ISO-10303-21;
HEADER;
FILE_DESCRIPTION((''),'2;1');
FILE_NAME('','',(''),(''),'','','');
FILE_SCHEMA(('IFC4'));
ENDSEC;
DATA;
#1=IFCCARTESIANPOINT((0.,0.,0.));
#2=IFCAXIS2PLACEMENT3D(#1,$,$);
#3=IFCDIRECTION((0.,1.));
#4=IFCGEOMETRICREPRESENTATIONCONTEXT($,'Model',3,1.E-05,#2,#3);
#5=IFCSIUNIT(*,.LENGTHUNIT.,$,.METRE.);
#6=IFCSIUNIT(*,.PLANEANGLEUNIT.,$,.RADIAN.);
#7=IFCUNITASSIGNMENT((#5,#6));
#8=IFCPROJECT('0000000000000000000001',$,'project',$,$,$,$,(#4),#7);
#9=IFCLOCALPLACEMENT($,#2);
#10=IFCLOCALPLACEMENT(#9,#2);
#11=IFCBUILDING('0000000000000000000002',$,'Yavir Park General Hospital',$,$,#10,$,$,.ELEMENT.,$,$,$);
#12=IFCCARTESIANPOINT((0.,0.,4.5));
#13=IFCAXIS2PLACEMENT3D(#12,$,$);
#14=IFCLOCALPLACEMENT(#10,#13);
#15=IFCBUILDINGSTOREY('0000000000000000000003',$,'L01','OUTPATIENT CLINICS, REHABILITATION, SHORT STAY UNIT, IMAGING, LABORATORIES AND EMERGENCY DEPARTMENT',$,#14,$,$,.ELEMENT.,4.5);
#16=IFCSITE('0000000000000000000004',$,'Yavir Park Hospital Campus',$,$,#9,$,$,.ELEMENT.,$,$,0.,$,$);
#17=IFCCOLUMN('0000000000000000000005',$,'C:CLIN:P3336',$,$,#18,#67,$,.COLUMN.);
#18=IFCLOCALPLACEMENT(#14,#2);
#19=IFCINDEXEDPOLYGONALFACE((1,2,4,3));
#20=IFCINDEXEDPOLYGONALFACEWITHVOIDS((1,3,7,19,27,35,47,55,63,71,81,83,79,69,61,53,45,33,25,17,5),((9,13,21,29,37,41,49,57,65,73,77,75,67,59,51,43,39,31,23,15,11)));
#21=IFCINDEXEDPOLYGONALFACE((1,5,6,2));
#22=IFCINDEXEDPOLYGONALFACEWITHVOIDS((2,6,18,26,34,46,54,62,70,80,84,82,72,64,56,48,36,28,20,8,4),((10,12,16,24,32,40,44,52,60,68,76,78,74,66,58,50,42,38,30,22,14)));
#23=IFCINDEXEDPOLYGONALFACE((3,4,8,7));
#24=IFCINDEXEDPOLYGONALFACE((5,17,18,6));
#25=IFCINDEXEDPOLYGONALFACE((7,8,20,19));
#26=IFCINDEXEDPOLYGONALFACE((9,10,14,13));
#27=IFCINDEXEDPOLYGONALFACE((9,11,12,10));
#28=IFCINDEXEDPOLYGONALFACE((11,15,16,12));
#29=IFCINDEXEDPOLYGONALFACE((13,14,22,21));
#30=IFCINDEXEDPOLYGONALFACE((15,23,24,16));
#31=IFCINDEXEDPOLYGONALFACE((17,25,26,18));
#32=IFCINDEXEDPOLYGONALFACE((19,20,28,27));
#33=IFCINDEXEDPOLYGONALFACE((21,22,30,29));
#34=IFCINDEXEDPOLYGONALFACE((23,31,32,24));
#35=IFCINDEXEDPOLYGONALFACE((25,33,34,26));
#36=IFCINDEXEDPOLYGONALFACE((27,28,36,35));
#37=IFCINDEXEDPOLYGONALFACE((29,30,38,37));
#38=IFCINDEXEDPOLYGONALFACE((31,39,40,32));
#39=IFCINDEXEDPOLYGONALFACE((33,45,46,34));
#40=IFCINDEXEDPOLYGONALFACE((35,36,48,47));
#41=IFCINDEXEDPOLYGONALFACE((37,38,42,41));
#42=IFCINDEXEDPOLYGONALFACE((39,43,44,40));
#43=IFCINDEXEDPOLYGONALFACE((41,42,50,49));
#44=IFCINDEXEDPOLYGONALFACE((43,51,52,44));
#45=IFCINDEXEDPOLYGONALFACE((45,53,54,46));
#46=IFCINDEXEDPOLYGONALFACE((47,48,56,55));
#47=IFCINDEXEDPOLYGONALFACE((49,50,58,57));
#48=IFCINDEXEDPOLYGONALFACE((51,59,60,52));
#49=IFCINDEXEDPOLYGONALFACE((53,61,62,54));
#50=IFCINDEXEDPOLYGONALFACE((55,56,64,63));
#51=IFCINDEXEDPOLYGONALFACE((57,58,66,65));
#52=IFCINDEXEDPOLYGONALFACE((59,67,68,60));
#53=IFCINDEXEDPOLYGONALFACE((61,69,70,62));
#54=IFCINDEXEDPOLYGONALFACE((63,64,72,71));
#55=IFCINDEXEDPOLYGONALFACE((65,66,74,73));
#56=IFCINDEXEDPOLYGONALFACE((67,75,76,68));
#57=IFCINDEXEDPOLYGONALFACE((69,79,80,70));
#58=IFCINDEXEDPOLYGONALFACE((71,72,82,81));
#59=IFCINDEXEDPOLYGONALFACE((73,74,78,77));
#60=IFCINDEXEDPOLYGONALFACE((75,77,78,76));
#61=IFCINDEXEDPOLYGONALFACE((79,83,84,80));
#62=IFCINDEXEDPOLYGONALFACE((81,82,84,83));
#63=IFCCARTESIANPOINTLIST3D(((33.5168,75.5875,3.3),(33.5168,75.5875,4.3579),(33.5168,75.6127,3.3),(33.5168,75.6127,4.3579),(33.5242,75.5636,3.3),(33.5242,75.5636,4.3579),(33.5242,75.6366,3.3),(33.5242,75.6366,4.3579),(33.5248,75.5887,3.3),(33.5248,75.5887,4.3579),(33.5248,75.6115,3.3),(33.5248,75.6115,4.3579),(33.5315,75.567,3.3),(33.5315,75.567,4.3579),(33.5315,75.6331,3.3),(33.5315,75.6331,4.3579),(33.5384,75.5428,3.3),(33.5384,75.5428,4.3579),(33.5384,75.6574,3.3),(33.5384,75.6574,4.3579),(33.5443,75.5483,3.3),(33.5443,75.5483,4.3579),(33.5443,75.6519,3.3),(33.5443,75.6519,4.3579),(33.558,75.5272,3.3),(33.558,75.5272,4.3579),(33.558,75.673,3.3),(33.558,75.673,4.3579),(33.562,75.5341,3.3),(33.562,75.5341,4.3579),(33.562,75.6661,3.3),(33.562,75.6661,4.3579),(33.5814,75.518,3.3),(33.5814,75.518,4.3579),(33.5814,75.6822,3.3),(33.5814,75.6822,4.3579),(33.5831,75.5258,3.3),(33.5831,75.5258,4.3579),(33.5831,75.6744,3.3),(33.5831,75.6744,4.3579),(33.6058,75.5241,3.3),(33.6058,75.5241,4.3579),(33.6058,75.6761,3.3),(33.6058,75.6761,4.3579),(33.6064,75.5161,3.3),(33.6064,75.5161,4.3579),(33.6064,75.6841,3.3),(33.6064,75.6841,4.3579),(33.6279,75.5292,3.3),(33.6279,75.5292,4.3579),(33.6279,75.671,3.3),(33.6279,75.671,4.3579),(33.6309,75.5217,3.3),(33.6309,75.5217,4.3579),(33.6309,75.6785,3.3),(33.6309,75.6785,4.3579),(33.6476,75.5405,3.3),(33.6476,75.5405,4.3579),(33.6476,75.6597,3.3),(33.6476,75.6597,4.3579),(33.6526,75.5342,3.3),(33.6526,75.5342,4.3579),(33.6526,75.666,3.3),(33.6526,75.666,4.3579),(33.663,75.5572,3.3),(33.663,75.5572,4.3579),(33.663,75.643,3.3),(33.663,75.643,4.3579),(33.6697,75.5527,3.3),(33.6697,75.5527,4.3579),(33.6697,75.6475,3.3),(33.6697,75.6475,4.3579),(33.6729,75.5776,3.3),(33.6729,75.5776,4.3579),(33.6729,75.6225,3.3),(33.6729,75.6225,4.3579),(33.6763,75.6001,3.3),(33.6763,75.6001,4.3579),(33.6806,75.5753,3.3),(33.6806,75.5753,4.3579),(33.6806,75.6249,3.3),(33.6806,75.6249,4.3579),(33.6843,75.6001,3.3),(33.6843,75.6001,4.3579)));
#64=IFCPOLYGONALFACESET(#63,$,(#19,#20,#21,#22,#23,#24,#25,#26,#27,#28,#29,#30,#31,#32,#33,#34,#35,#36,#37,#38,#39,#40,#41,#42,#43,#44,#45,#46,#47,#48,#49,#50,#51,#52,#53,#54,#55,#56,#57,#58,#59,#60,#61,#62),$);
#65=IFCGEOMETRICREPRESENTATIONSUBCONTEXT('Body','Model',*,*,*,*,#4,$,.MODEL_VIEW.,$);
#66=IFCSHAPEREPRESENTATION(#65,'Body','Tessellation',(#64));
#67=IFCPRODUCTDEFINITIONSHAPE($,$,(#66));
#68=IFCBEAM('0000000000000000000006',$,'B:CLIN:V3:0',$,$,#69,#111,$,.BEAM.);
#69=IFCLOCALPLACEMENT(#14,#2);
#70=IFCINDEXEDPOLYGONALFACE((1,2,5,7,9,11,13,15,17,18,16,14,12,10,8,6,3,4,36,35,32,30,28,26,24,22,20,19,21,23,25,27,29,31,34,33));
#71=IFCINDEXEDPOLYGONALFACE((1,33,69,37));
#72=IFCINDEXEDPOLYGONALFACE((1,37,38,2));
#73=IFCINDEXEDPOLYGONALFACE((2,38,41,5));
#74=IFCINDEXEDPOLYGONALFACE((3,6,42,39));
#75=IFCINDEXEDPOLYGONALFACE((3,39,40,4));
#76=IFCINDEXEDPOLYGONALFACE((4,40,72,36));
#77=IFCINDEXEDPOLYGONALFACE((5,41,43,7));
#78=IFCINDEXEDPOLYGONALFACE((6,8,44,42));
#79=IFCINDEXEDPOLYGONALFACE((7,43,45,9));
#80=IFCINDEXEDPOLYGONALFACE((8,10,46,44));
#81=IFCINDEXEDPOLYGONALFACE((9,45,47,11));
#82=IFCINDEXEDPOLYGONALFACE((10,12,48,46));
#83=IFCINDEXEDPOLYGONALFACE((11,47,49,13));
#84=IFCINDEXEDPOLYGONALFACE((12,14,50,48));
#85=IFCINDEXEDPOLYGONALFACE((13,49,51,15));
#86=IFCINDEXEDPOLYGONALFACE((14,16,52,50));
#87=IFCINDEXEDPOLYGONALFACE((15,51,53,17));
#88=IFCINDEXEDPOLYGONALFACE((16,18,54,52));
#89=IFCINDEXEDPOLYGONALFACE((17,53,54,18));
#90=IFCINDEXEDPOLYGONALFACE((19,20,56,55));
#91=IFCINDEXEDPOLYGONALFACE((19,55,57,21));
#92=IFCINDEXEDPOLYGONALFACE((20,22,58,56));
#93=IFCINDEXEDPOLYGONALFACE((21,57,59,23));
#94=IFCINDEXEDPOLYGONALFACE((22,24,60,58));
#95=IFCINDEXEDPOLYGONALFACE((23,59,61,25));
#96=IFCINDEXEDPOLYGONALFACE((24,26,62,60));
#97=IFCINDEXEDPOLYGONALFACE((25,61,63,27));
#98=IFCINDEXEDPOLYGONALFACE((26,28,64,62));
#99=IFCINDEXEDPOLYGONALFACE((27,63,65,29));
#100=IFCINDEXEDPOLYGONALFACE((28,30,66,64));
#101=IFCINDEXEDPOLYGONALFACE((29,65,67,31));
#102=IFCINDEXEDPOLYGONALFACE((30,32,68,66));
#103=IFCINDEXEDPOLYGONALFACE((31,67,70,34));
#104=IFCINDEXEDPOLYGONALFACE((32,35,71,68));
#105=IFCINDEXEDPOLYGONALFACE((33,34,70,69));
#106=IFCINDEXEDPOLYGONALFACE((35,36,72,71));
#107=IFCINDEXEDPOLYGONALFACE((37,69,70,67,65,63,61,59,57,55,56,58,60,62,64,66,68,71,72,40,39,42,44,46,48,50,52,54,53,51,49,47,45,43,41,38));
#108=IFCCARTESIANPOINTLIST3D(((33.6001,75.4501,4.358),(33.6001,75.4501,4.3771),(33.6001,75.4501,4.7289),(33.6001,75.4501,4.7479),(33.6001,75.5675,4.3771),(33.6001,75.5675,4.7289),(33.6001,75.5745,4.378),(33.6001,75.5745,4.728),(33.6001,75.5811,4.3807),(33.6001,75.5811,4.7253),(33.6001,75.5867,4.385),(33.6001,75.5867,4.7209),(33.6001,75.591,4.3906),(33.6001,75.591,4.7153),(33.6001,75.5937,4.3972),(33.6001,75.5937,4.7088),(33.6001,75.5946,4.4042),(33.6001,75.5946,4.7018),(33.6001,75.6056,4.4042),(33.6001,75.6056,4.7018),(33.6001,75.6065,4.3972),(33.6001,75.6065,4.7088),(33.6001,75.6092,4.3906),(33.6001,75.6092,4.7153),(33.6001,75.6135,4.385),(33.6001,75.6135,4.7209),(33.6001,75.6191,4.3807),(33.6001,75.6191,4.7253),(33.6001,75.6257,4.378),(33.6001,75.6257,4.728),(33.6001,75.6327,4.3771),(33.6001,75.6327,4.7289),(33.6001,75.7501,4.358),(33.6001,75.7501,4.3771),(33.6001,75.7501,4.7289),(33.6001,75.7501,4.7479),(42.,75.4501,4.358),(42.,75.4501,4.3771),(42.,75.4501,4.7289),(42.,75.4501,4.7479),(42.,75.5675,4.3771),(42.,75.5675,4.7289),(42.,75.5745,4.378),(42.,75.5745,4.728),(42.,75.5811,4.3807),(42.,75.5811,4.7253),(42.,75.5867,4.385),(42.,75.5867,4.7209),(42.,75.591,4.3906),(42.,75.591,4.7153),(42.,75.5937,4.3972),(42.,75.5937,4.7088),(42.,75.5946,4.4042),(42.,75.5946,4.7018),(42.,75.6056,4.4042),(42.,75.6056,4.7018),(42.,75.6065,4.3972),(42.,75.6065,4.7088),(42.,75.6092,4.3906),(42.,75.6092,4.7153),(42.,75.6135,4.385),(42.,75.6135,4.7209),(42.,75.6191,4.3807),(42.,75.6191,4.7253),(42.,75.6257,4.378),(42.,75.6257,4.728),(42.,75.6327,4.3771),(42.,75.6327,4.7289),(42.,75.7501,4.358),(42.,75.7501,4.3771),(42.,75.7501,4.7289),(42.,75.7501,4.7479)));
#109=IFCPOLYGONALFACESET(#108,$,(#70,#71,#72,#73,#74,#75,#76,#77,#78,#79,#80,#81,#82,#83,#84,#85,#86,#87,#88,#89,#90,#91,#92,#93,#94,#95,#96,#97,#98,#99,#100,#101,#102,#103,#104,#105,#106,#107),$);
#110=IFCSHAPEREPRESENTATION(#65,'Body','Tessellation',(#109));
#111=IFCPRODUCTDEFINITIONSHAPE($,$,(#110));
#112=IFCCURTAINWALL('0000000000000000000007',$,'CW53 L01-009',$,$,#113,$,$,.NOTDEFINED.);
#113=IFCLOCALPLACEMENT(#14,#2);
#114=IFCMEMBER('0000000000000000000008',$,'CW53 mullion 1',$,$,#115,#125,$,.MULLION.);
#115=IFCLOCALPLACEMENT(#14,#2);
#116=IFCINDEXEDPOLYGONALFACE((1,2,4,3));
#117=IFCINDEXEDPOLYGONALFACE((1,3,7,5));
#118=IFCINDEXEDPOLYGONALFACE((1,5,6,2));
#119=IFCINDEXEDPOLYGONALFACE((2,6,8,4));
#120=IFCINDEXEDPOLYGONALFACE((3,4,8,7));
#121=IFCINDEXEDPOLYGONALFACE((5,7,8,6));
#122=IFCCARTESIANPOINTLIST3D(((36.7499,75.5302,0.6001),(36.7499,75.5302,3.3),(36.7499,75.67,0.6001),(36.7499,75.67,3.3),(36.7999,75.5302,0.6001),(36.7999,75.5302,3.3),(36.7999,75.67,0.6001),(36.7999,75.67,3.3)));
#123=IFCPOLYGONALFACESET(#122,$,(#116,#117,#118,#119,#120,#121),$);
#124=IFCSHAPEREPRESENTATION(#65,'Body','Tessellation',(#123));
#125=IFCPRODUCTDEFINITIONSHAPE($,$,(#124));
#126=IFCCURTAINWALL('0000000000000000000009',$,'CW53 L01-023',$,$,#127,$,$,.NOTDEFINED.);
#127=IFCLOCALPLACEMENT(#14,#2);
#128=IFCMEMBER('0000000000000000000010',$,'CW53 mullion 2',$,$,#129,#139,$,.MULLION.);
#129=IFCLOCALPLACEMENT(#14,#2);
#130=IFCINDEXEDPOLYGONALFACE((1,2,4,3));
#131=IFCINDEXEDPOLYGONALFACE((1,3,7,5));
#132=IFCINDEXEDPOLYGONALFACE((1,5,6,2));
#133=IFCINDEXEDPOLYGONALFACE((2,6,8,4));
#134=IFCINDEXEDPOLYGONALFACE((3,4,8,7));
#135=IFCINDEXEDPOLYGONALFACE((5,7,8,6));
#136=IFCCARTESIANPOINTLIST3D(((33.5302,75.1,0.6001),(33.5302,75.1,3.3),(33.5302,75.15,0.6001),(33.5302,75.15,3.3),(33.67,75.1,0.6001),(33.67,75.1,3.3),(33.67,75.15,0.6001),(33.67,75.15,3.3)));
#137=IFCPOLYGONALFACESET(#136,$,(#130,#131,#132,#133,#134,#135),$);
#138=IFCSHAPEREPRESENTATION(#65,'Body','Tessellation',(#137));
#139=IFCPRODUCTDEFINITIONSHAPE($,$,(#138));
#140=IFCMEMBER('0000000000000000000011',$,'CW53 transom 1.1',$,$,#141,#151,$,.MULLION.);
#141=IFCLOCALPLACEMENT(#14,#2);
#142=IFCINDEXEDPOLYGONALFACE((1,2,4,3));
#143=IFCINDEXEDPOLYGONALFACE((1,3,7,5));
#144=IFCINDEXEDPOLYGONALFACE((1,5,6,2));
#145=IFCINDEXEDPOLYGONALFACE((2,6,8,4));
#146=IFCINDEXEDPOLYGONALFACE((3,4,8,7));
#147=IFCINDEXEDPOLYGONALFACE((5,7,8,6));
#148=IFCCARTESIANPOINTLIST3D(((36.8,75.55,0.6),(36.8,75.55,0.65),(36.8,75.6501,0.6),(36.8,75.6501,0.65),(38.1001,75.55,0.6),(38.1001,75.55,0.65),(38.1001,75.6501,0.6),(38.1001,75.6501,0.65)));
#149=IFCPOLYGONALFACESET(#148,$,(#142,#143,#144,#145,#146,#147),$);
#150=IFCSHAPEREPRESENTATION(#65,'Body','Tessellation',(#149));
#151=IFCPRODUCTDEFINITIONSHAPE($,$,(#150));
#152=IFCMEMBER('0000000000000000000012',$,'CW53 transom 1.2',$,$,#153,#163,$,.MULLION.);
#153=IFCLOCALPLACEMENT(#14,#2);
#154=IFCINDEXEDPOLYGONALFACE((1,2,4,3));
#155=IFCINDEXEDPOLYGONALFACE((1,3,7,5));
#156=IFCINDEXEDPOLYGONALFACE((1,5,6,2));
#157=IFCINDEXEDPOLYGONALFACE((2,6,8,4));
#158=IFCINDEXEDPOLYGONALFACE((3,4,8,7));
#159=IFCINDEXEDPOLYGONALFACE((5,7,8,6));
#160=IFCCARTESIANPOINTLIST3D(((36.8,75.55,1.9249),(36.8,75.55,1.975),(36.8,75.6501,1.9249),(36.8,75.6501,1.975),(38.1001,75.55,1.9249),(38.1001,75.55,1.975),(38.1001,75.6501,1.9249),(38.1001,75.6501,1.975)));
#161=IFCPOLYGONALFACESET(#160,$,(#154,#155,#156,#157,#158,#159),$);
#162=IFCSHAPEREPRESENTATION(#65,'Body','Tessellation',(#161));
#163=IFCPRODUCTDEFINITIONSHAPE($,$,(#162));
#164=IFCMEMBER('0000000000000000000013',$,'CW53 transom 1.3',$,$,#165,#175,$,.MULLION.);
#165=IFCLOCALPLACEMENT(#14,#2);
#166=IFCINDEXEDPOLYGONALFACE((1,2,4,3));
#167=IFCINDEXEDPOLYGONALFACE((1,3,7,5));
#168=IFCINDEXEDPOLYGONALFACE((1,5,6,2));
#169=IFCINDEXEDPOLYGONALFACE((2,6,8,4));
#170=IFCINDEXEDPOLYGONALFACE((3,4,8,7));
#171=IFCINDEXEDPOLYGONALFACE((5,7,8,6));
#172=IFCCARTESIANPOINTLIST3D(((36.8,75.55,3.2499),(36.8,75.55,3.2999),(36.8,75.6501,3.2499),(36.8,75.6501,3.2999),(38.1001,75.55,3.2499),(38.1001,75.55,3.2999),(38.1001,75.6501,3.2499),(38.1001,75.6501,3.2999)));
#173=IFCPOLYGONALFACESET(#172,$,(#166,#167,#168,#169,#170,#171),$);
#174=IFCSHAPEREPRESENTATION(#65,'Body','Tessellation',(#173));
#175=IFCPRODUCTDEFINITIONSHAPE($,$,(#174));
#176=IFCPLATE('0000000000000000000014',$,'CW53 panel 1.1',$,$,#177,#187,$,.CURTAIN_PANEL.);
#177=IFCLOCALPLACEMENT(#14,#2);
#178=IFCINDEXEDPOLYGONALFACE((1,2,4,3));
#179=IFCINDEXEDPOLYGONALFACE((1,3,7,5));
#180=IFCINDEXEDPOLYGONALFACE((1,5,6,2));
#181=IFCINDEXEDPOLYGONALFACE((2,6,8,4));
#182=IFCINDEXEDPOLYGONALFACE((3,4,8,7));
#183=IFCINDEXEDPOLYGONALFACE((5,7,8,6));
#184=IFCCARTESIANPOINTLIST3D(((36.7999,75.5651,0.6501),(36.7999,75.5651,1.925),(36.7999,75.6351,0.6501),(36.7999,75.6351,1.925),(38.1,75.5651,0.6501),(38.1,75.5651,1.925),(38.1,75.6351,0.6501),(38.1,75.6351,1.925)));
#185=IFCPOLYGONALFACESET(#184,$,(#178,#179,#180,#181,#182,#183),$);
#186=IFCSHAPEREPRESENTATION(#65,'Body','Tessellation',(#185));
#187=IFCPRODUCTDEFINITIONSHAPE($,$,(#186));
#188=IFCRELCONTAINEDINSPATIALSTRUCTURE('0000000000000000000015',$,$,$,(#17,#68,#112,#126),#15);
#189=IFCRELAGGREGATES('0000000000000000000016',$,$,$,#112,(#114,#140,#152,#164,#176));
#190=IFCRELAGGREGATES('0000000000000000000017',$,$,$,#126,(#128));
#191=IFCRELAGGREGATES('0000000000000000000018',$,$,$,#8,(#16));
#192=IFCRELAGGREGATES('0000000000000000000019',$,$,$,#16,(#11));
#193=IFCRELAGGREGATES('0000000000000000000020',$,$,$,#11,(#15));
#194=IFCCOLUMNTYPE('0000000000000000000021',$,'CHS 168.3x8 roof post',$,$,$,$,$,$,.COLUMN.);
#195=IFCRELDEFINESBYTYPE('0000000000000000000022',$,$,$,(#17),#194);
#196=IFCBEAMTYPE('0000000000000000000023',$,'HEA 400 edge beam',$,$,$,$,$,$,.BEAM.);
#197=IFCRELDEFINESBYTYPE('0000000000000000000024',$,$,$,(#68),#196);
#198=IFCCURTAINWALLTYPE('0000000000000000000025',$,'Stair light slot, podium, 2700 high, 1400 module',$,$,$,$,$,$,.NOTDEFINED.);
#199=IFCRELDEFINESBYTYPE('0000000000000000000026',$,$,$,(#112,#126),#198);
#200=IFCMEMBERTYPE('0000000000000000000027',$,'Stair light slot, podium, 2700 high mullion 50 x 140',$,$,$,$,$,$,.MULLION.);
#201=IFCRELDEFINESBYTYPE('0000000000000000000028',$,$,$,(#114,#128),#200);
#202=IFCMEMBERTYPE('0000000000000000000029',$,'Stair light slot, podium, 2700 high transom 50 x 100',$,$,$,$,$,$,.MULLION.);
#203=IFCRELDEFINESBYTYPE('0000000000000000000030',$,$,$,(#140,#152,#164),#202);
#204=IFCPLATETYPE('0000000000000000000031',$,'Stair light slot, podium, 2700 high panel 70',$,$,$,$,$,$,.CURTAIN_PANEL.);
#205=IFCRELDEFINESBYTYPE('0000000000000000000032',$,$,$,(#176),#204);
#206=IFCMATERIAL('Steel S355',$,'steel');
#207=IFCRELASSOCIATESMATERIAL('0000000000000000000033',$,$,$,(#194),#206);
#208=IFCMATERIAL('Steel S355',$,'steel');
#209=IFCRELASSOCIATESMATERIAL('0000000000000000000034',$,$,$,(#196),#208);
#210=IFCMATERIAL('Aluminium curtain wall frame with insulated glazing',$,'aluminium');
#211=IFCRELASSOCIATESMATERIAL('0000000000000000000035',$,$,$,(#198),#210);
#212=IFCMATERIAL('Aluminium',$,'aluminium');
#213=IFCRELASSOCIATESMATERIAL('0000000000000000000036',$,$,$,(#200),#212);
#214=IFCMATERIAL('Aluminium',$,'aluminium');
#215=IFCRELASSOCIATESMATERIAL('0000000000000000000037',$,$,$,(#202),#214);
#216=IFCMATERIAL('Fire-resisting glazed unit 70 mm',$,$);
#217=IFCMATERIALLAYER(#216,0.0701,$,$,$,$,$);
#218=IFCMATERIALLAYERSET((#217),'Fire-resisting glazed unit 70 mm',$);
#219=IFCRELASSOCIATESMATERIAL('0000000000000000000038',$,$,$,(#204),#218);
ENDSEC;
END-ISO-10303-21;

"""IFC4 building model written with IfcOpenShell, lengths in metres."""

from ifc_helpers import new_model, si_unit, direction, frame, origin, origin_2d, place, context, subcontext, project, spatial, rectangle, hollow_circle, i_section, extrude, material, layer, layer_set, material_profile, profile_set, type_object, element, aggregate, save


model = new_model("IFC4")

# Units and contexts
model_context = context("Model", 3, precision=1e-05, world=origin(), true_north=direction((0.0, 1.0)))
body_context = subcontext(model_context, "Body", "Model", "MODEL_VIEW")
ifc_project = project(units=[si_unit("LENGTHUNIT", "METRE"), si_unit("PLANEANGLEUNIT", "RADIAN")], contexts=[model_context])

# Site, building, storey
site_placement = place(None, origin())
site = spatial("IfcSite", under=ifc_project, at=site_placement, Name="Yavir Park Hospital Campus", CompositionType="ELEMENT", RefElevation=0.0)
building_placement = place(site_placement, origin())
building = spatial("IfcBuilding", under=site, at=building_placement, Name="Yavir Park General Hospital", CompositionType="ELEMENT")
storey_placement = place(building_placement, frame((0.0, 0.0, 4.5)))
storey = spatial("IfcBuildingStorey", under=building, at=storey_placement, Name="L01", Description="OUTPATIENT CLINICS, REHABILITATION, SHORT STAY UNIT, IMAGING, LABORATORIES AND EMERGENCY DEPARTMENT", CompositionType="ELEMENT", Elevation=4.5)

# Column
ifc_material_1 = material(Name="Steel S355", Category="steel")
ifc_material_profile_1 = material_profile(ifc_material_1, hollow_circle(Radius=0.0842, WallThickness=0.0081, at=origin_2d()), Name="CHS168.3x8")
ifc_profile_set_1 = profile_set([ifc_material_profile_1], Name="Steel S355")
column_type = type_object("IfcColumnType", Name="CHS 168.3x8 roof post", PredefinedType="COLUMN", material=ifc_profile_set_1)
column_placement = place(storey_placement, frame((33.6001, 75.6001, 3.3), z_axis=(0.0, 0.0, 1.0), x_axis=(1.0, 0.0, 0.0)))
element("IfcColumn", 1, at=column_placement, inside=storey, type_object=column_type, Name="C:CLIN:P3336", PredefinedType="COLUMN", context=body_context, shape_type="SweptSolid", body=[
    extrude(hollow_circle(Radius=0.0842, WallThickness=0.0081, at=origin_2d()), origin(), (0.0, 0.0, 1.0), 1.0579),
])

# Beam
ifc_material_2 = material(Name="Steel S355", Category="steel")
ifc_material_profile_2 = material_profile(ifc_material_2, i_section(OverallWidth=0.3, OverallDepth=0.3899, WebThickness=0.011, FlangeThickness=0.019, FilletRadius=0.0271, at=origin_2d()), Name="HEA400")
ifc_profile_set_2 = profile_set([ifc_material_profile_2], Name="Steel S355")
beam_type = type_object("IfcBeamType", Name="HEA 400 edge beam", PredefinedType="BEAM", material=ifc_profile_set_2)
beam_placement = place(storey_placement, frame((33.6001, 75.6001, 4.553), z_axis=(1.0, 0.0, 0.0), x_axis=(0.0, 1.0, 0.0)))
element("IfcBeam", 2, at=beam_placement, inside=storey, type_object=beam_type, Name="B:CLIN:V3:0", PredefinedType="BEAM", context=body_context, shape_type="SweptSolid", body=[
    extrude(i_section(OverallWidth=0.3, OverallDepth=0.3899, WebThickness=0.011, FlangeThickness=0.019, FilletRadius=0.0271, at=origin_2d()), origin(), (0.0, 0.0, 1.0), 8.3999),
])

# Curtain walls, members
ifc_material_3 = material(Name="Aluminium curtain wall frame with insulated glazing", Category="aluminium")
curtain_wall_type = type_object("IfcCurtainWallType", Name="Stair light slot, podium, 2700 high, 1400 module", PredefinedType="NOTDEFINED", material=ifc_material_3)
curtain_wall_1_placement = place(storey_placement, origin())
curtain_wall_1 = element("IfcCurtainWall", 3, at=curtain_wall_1_placement, inside=storey, type_object=curtain_wall_type, Name="CW53 L01-009", PredefinedType="NOTDEFINED")
ifc_material_4 = material(Name="Aluminium", Category="aluminium")
ifc_material_profile_3 = material_profile(ifc_material_4, rectangle(XDim=0.1399, YDim=0.05, at=origin_2d()), Name="AL 50x140")
ifc_profile_set_3 = profile_set([ifc_material_profile_3], Name="Aluminium")
member_type_1 = type_object("IfcMemberType", Name="Stair light slot, podium, 2700 high mullion 50 x 140", PredefinedType="MULLION", material=ifc_profile_set_3)
member_1_placement = place(storey_placement, frame((36.7749, 75.6001, 0.6001), z_axis=(0.0, 0.0, 1.0), x_axis=(0.0, 1.0, 0.0)))
member_1 = element("IfcMember", 4, at=member_1_placement, type_object=member_type_1, Name="CW53 mullion 1", PredefinedType="MULLION", context=body_context, shape_type="SweptSolid", body=[
    extrude(rectangle(XDim=0.1399, YDim=0.05, at=origin_2d()), origin(), (0.0, 0.0, 1.0), 2.7),
])
curtain_wall_2_placement = place(storey_placement, origin())
curtain_wall_2 = element("IfcCurtainWall", 5, at=curtain_wall_2_placement, inside=storey, type_object=curtain_wall_type, Name="CW53 L01-023", PredefinedType="NOTDEFINED")
member_2_placement = place(storey_placement, frame((33.6001, 75.125, 0.6001), z_axis=(0.0, 0.0, 1.0), x_axis=(-1.0, 0.0, 0.0)))
member_2 = element("IfcMember", 6, at=member_2_placement, type_object=member_type_1, Name="CW53 mullion 2", PredefinedType="MULLION", context=body_context, shape_type="SweptSolid", body=[
    extrude(rectangle(XDim=0.1399, YDim=0.05, at=origin_2d()), origin(), (0.0, 0.0, 1.0), 2.7),
])

# Members
ifc_material_5 = material(Name="Aluminium", Category="aluminium")
ifc_material_profile_4 = material_profile(ifc_material_5, rectangle(XDim=0.1001, YDim=0.05, at=origin_2d()), Name="AL 100x50")
ifc_profile_set_4 = profile_set([ifc_material_profile_4], Name="Aluminium")
member_type_2 = type_object("IfcMemberType", Name="Stair light slot, podium, 2700 high transom 50 x 100", PredefinedType="MULLION", material=ifc_profile_set_4)
member_3_placement = place(storey_placement, frame((36.8, 75.6001, 0.625), z_axis=(1.0, 0.0, 0.0), x_axis=(0.0, 1.0, 0.0)))
member_3 = element("IfcMember", 7, at=member_3_placement, type_object=member_type_2, Name="CW53 transom 1.1", PredefinedType="MULLION", context=body_context, shape_type="SweptSolid", body=[
    extrude(rectangle(XDim=0.1001, YDim=0.05, at=origin_2d()), origin(), (0.0, 0.0, 1.0), 1.3),
])
member_4_placement = place(storey_placement, frame((36.8, 75.6001, 1.95), z_axis=(1.0, 0.0, 0.0), x_axis=(0.0, 1.0, 0.0)))
member_4 = element("IfcMember", 8, at=member_4_placement, type_object=member_type_2, Name="CW53 transom 1.2", PredefinedType="MULLION", context=body_context, shape_type="SweptSolid", body=[
    extrude(rectangle(XDim=0.1001, YDim=0.05, at=origin_2d()), origin(), (0.0, 0.0, 1.0), 1.3),
])
member_5_placement = place(storey_placement, frame((36.8, 75.6001, 3.2749), z_axis=(1.0, 0.0, 0.0), x_axis=(0.0, 1.0, 0.0)))
member_5 = element("IfcMember", 9, at=member_5_placement, type_object=member_type_2, Name="CW53 transom 1.3", PredefinedType="MULLION", context=body_context, shape_type="SweptSolid", body=[
    extrude(rectangle(XDim=0.1001, YDim=0.05, at=origin_2d()), origin(), (0.0, 0.0, 1.0), 1.3),
])

# Plate
ifc_material_6 = material(Name="Fire-resisting glazed unit 70 mm")
ifc_layer_1 = layer(ifc_material_6, 0.0701)
ifc_layer_set_1 = layer_set([ifc_layer_1], Name="Fire-resisting glazed unit 70 mm")
plate_type = type_object("IfcPlateType", Name="Stair light slot, podium, 2700 high panel 70", PredefinedType="CURTAIN_PANEL", material=ifc_layer_set_1)
plate_1_placement = place(storey_placement, frame((37.45, 75.6001, 0.6501), z_axis=(0.0, 0.0, 1.0), x_axis=(1.0, 0.0, 0.0)))
plate_1 = element("IfcPlate", 10, at=plate_1_placement, type_object=plate_type, Name="CW53 panel 1.1", PredefinedType="CURTAIN_PANEL", context=body_context, shape_type="SweptSolid", body=[
    extrude(rectangle(XDim=1.3, YDim=0.0701, at=origin_2d()), origin(), (0.0, 0.0, 1.0), 1.2749),
])
aggregate(curtain_wall_1, [member_1, member_3, member_4, member_5, plate_1])
aggregate(curtain_wall_2, [member_2])

save(model, "model.ifc")
